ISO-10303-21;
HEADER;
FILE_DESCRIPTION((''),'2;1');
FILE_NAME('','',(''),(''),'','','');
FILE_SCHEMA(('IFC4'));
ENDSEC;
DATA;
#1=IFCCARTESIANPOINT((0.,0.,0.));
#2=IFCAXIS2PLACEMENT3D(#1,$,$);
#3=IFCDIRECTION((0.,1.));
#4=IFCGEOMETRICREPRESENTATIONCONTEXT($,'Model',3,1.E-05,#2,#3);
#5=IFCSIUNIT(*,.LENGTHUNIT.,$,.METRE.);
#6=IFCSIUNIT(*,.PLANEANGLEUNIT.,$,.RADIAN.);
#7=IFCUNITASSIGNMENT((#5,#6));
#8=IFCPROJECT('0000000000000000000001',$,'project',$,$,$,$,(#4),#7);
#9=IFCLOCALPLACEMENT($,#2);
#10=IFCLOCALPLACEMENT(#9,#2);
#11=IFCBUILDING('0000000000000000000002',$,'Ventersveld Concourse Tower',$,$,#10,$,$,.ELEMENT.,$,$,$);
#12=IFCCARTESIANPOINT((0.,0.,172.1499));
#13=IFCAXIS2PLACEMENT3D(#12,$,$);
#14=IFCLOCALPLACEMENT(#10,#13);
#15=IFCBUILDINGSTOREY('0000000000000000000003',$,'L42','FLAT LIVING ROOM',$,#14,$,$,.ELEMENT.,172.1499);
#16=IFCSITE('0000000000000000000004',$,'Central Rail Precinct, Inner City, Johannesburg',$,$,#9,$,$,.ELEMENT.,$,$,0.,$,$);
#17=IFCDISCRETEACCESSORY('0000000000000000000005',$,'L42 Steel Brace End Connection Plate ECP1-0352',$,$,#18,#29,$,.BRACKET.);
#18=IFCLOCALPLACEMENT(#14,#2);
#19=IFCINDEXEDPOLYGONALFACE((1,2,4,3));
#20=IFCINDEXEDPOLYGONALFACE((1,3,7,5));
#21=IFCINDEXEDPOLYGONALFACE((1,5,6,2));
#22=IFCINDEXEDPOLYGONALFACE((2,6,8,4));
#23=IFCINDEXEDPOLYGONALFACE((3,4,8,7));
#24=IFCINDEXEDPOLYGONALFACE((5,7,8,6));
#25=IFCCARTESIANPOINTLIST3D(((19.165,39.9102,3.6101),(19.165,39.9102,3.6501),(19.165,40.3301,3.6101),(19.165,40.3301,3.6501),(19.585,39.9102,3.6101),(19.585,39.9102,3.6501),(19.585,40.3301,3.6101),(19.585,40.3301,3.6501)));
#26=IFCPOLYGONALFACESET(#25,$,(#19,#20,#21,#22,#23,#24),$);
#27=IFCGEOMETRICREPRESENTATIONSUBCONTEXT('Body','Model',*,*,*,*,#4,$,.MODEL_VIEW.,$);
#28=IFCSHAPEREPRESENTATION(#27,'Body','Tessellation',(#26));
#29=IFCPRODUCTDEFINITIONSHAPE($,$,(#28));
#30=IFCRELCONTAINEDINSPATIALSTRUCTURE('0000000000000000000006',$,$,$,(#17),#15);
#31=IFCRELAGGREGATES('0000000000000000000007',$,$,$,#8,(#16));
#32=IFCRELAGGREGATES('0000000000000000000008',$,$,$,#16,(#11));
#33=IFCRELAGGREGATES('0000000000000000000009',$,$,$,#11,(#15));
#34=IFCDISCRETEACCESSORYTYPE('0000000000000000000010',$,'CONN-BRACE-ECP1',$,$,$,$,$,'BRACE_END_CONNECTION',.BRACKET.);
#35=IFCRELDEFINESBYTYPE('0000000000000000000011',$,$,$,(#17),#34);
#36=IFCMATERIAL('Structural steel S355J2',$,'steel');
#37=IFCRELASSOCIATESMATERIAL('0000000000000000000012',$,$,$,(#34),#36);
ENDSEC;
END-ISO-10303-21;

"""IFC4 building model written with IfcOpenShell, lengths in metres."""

from ifc_helpers import new_model, si_unit, direction, frame, origin, origin_2d, place, context, subcontext, project, spatial, rectangle, extrude, material, type_object, element, save


model = new_model("IFC4")

# Units and contexts
model_context = context("Model", 3, precision=1e-05, world=origin(), true_north=direction((0.0, 1.0)))
body_context = subcontext(model_context, "Body", "Model", "MODEL_VIEW")
ifc_project = project(units=[si_unit("LENGTHUNIT", "METRE"), si_unit("PLANEANGLEUNIT", "RADIAN")], contexts=[model_context])

# Site, building, storey
site_placement = place(None, origin())
site = spatial("IfcSite", under=ifc_project, at=site_placement, Name="Central Rail Precinct, Inner City, Johannesburg", CompositionType="ELEMENT", RefElevation=0.0)
building_placement = place(site_placement, origin())
building = spatial("IfcBuilding", under=site, at=building_placement, Name="Ventersveld Concourse Tower", CompositionType="ELEMENT")
storey_placement = place(building_placement, frame((0.0, 0.0, 172.1499)))
storey = spatial("IfcBuildingStorey", under=building, at=storey_placement, Name="L42", Description="FLAT LIVING ROOM", CompositionType="ELEMENT", Elevation=172.1499)

# Shared definitions
ifc_material_1 = material(Name="Structural steel S355J2", Category="steel")

# Discrete accessory
discrete_accessory_type = type_object("IfcDiscreteAccessoryType", Name="CONN-BRACE-ECP1", ElementType="BRACE_END_CONNECTION", PredefinedType="BRACKET", material=ifc_material_1)
for number, where, z_axis, x_axis, name in (
    (1, (19.375, 40.1201, 3.6101), (0.0, 0.0, 1.0), (1.0, 0.0, 0.0), "L42 Steel Brace End Connection Plate ECP1-0352"),
):
    element("IfcDiscreteAccessory", number, at=place(storey_placement, frame(where, z_axis=z_axis, x_axis=x_axis)), inside=storey, type_object=discrete_accessory_type, Name=name, PredefinedType="BRACKET", context=body_context, shape_type="SweptSolid", body=[
        extrude(rectangle(XDim=0.4199, YDim=0.4199, at=origin_2d()), origin(), (0.0, 0.0, 1.0), 0.04),
    ])

save(model, "model.ifc")
